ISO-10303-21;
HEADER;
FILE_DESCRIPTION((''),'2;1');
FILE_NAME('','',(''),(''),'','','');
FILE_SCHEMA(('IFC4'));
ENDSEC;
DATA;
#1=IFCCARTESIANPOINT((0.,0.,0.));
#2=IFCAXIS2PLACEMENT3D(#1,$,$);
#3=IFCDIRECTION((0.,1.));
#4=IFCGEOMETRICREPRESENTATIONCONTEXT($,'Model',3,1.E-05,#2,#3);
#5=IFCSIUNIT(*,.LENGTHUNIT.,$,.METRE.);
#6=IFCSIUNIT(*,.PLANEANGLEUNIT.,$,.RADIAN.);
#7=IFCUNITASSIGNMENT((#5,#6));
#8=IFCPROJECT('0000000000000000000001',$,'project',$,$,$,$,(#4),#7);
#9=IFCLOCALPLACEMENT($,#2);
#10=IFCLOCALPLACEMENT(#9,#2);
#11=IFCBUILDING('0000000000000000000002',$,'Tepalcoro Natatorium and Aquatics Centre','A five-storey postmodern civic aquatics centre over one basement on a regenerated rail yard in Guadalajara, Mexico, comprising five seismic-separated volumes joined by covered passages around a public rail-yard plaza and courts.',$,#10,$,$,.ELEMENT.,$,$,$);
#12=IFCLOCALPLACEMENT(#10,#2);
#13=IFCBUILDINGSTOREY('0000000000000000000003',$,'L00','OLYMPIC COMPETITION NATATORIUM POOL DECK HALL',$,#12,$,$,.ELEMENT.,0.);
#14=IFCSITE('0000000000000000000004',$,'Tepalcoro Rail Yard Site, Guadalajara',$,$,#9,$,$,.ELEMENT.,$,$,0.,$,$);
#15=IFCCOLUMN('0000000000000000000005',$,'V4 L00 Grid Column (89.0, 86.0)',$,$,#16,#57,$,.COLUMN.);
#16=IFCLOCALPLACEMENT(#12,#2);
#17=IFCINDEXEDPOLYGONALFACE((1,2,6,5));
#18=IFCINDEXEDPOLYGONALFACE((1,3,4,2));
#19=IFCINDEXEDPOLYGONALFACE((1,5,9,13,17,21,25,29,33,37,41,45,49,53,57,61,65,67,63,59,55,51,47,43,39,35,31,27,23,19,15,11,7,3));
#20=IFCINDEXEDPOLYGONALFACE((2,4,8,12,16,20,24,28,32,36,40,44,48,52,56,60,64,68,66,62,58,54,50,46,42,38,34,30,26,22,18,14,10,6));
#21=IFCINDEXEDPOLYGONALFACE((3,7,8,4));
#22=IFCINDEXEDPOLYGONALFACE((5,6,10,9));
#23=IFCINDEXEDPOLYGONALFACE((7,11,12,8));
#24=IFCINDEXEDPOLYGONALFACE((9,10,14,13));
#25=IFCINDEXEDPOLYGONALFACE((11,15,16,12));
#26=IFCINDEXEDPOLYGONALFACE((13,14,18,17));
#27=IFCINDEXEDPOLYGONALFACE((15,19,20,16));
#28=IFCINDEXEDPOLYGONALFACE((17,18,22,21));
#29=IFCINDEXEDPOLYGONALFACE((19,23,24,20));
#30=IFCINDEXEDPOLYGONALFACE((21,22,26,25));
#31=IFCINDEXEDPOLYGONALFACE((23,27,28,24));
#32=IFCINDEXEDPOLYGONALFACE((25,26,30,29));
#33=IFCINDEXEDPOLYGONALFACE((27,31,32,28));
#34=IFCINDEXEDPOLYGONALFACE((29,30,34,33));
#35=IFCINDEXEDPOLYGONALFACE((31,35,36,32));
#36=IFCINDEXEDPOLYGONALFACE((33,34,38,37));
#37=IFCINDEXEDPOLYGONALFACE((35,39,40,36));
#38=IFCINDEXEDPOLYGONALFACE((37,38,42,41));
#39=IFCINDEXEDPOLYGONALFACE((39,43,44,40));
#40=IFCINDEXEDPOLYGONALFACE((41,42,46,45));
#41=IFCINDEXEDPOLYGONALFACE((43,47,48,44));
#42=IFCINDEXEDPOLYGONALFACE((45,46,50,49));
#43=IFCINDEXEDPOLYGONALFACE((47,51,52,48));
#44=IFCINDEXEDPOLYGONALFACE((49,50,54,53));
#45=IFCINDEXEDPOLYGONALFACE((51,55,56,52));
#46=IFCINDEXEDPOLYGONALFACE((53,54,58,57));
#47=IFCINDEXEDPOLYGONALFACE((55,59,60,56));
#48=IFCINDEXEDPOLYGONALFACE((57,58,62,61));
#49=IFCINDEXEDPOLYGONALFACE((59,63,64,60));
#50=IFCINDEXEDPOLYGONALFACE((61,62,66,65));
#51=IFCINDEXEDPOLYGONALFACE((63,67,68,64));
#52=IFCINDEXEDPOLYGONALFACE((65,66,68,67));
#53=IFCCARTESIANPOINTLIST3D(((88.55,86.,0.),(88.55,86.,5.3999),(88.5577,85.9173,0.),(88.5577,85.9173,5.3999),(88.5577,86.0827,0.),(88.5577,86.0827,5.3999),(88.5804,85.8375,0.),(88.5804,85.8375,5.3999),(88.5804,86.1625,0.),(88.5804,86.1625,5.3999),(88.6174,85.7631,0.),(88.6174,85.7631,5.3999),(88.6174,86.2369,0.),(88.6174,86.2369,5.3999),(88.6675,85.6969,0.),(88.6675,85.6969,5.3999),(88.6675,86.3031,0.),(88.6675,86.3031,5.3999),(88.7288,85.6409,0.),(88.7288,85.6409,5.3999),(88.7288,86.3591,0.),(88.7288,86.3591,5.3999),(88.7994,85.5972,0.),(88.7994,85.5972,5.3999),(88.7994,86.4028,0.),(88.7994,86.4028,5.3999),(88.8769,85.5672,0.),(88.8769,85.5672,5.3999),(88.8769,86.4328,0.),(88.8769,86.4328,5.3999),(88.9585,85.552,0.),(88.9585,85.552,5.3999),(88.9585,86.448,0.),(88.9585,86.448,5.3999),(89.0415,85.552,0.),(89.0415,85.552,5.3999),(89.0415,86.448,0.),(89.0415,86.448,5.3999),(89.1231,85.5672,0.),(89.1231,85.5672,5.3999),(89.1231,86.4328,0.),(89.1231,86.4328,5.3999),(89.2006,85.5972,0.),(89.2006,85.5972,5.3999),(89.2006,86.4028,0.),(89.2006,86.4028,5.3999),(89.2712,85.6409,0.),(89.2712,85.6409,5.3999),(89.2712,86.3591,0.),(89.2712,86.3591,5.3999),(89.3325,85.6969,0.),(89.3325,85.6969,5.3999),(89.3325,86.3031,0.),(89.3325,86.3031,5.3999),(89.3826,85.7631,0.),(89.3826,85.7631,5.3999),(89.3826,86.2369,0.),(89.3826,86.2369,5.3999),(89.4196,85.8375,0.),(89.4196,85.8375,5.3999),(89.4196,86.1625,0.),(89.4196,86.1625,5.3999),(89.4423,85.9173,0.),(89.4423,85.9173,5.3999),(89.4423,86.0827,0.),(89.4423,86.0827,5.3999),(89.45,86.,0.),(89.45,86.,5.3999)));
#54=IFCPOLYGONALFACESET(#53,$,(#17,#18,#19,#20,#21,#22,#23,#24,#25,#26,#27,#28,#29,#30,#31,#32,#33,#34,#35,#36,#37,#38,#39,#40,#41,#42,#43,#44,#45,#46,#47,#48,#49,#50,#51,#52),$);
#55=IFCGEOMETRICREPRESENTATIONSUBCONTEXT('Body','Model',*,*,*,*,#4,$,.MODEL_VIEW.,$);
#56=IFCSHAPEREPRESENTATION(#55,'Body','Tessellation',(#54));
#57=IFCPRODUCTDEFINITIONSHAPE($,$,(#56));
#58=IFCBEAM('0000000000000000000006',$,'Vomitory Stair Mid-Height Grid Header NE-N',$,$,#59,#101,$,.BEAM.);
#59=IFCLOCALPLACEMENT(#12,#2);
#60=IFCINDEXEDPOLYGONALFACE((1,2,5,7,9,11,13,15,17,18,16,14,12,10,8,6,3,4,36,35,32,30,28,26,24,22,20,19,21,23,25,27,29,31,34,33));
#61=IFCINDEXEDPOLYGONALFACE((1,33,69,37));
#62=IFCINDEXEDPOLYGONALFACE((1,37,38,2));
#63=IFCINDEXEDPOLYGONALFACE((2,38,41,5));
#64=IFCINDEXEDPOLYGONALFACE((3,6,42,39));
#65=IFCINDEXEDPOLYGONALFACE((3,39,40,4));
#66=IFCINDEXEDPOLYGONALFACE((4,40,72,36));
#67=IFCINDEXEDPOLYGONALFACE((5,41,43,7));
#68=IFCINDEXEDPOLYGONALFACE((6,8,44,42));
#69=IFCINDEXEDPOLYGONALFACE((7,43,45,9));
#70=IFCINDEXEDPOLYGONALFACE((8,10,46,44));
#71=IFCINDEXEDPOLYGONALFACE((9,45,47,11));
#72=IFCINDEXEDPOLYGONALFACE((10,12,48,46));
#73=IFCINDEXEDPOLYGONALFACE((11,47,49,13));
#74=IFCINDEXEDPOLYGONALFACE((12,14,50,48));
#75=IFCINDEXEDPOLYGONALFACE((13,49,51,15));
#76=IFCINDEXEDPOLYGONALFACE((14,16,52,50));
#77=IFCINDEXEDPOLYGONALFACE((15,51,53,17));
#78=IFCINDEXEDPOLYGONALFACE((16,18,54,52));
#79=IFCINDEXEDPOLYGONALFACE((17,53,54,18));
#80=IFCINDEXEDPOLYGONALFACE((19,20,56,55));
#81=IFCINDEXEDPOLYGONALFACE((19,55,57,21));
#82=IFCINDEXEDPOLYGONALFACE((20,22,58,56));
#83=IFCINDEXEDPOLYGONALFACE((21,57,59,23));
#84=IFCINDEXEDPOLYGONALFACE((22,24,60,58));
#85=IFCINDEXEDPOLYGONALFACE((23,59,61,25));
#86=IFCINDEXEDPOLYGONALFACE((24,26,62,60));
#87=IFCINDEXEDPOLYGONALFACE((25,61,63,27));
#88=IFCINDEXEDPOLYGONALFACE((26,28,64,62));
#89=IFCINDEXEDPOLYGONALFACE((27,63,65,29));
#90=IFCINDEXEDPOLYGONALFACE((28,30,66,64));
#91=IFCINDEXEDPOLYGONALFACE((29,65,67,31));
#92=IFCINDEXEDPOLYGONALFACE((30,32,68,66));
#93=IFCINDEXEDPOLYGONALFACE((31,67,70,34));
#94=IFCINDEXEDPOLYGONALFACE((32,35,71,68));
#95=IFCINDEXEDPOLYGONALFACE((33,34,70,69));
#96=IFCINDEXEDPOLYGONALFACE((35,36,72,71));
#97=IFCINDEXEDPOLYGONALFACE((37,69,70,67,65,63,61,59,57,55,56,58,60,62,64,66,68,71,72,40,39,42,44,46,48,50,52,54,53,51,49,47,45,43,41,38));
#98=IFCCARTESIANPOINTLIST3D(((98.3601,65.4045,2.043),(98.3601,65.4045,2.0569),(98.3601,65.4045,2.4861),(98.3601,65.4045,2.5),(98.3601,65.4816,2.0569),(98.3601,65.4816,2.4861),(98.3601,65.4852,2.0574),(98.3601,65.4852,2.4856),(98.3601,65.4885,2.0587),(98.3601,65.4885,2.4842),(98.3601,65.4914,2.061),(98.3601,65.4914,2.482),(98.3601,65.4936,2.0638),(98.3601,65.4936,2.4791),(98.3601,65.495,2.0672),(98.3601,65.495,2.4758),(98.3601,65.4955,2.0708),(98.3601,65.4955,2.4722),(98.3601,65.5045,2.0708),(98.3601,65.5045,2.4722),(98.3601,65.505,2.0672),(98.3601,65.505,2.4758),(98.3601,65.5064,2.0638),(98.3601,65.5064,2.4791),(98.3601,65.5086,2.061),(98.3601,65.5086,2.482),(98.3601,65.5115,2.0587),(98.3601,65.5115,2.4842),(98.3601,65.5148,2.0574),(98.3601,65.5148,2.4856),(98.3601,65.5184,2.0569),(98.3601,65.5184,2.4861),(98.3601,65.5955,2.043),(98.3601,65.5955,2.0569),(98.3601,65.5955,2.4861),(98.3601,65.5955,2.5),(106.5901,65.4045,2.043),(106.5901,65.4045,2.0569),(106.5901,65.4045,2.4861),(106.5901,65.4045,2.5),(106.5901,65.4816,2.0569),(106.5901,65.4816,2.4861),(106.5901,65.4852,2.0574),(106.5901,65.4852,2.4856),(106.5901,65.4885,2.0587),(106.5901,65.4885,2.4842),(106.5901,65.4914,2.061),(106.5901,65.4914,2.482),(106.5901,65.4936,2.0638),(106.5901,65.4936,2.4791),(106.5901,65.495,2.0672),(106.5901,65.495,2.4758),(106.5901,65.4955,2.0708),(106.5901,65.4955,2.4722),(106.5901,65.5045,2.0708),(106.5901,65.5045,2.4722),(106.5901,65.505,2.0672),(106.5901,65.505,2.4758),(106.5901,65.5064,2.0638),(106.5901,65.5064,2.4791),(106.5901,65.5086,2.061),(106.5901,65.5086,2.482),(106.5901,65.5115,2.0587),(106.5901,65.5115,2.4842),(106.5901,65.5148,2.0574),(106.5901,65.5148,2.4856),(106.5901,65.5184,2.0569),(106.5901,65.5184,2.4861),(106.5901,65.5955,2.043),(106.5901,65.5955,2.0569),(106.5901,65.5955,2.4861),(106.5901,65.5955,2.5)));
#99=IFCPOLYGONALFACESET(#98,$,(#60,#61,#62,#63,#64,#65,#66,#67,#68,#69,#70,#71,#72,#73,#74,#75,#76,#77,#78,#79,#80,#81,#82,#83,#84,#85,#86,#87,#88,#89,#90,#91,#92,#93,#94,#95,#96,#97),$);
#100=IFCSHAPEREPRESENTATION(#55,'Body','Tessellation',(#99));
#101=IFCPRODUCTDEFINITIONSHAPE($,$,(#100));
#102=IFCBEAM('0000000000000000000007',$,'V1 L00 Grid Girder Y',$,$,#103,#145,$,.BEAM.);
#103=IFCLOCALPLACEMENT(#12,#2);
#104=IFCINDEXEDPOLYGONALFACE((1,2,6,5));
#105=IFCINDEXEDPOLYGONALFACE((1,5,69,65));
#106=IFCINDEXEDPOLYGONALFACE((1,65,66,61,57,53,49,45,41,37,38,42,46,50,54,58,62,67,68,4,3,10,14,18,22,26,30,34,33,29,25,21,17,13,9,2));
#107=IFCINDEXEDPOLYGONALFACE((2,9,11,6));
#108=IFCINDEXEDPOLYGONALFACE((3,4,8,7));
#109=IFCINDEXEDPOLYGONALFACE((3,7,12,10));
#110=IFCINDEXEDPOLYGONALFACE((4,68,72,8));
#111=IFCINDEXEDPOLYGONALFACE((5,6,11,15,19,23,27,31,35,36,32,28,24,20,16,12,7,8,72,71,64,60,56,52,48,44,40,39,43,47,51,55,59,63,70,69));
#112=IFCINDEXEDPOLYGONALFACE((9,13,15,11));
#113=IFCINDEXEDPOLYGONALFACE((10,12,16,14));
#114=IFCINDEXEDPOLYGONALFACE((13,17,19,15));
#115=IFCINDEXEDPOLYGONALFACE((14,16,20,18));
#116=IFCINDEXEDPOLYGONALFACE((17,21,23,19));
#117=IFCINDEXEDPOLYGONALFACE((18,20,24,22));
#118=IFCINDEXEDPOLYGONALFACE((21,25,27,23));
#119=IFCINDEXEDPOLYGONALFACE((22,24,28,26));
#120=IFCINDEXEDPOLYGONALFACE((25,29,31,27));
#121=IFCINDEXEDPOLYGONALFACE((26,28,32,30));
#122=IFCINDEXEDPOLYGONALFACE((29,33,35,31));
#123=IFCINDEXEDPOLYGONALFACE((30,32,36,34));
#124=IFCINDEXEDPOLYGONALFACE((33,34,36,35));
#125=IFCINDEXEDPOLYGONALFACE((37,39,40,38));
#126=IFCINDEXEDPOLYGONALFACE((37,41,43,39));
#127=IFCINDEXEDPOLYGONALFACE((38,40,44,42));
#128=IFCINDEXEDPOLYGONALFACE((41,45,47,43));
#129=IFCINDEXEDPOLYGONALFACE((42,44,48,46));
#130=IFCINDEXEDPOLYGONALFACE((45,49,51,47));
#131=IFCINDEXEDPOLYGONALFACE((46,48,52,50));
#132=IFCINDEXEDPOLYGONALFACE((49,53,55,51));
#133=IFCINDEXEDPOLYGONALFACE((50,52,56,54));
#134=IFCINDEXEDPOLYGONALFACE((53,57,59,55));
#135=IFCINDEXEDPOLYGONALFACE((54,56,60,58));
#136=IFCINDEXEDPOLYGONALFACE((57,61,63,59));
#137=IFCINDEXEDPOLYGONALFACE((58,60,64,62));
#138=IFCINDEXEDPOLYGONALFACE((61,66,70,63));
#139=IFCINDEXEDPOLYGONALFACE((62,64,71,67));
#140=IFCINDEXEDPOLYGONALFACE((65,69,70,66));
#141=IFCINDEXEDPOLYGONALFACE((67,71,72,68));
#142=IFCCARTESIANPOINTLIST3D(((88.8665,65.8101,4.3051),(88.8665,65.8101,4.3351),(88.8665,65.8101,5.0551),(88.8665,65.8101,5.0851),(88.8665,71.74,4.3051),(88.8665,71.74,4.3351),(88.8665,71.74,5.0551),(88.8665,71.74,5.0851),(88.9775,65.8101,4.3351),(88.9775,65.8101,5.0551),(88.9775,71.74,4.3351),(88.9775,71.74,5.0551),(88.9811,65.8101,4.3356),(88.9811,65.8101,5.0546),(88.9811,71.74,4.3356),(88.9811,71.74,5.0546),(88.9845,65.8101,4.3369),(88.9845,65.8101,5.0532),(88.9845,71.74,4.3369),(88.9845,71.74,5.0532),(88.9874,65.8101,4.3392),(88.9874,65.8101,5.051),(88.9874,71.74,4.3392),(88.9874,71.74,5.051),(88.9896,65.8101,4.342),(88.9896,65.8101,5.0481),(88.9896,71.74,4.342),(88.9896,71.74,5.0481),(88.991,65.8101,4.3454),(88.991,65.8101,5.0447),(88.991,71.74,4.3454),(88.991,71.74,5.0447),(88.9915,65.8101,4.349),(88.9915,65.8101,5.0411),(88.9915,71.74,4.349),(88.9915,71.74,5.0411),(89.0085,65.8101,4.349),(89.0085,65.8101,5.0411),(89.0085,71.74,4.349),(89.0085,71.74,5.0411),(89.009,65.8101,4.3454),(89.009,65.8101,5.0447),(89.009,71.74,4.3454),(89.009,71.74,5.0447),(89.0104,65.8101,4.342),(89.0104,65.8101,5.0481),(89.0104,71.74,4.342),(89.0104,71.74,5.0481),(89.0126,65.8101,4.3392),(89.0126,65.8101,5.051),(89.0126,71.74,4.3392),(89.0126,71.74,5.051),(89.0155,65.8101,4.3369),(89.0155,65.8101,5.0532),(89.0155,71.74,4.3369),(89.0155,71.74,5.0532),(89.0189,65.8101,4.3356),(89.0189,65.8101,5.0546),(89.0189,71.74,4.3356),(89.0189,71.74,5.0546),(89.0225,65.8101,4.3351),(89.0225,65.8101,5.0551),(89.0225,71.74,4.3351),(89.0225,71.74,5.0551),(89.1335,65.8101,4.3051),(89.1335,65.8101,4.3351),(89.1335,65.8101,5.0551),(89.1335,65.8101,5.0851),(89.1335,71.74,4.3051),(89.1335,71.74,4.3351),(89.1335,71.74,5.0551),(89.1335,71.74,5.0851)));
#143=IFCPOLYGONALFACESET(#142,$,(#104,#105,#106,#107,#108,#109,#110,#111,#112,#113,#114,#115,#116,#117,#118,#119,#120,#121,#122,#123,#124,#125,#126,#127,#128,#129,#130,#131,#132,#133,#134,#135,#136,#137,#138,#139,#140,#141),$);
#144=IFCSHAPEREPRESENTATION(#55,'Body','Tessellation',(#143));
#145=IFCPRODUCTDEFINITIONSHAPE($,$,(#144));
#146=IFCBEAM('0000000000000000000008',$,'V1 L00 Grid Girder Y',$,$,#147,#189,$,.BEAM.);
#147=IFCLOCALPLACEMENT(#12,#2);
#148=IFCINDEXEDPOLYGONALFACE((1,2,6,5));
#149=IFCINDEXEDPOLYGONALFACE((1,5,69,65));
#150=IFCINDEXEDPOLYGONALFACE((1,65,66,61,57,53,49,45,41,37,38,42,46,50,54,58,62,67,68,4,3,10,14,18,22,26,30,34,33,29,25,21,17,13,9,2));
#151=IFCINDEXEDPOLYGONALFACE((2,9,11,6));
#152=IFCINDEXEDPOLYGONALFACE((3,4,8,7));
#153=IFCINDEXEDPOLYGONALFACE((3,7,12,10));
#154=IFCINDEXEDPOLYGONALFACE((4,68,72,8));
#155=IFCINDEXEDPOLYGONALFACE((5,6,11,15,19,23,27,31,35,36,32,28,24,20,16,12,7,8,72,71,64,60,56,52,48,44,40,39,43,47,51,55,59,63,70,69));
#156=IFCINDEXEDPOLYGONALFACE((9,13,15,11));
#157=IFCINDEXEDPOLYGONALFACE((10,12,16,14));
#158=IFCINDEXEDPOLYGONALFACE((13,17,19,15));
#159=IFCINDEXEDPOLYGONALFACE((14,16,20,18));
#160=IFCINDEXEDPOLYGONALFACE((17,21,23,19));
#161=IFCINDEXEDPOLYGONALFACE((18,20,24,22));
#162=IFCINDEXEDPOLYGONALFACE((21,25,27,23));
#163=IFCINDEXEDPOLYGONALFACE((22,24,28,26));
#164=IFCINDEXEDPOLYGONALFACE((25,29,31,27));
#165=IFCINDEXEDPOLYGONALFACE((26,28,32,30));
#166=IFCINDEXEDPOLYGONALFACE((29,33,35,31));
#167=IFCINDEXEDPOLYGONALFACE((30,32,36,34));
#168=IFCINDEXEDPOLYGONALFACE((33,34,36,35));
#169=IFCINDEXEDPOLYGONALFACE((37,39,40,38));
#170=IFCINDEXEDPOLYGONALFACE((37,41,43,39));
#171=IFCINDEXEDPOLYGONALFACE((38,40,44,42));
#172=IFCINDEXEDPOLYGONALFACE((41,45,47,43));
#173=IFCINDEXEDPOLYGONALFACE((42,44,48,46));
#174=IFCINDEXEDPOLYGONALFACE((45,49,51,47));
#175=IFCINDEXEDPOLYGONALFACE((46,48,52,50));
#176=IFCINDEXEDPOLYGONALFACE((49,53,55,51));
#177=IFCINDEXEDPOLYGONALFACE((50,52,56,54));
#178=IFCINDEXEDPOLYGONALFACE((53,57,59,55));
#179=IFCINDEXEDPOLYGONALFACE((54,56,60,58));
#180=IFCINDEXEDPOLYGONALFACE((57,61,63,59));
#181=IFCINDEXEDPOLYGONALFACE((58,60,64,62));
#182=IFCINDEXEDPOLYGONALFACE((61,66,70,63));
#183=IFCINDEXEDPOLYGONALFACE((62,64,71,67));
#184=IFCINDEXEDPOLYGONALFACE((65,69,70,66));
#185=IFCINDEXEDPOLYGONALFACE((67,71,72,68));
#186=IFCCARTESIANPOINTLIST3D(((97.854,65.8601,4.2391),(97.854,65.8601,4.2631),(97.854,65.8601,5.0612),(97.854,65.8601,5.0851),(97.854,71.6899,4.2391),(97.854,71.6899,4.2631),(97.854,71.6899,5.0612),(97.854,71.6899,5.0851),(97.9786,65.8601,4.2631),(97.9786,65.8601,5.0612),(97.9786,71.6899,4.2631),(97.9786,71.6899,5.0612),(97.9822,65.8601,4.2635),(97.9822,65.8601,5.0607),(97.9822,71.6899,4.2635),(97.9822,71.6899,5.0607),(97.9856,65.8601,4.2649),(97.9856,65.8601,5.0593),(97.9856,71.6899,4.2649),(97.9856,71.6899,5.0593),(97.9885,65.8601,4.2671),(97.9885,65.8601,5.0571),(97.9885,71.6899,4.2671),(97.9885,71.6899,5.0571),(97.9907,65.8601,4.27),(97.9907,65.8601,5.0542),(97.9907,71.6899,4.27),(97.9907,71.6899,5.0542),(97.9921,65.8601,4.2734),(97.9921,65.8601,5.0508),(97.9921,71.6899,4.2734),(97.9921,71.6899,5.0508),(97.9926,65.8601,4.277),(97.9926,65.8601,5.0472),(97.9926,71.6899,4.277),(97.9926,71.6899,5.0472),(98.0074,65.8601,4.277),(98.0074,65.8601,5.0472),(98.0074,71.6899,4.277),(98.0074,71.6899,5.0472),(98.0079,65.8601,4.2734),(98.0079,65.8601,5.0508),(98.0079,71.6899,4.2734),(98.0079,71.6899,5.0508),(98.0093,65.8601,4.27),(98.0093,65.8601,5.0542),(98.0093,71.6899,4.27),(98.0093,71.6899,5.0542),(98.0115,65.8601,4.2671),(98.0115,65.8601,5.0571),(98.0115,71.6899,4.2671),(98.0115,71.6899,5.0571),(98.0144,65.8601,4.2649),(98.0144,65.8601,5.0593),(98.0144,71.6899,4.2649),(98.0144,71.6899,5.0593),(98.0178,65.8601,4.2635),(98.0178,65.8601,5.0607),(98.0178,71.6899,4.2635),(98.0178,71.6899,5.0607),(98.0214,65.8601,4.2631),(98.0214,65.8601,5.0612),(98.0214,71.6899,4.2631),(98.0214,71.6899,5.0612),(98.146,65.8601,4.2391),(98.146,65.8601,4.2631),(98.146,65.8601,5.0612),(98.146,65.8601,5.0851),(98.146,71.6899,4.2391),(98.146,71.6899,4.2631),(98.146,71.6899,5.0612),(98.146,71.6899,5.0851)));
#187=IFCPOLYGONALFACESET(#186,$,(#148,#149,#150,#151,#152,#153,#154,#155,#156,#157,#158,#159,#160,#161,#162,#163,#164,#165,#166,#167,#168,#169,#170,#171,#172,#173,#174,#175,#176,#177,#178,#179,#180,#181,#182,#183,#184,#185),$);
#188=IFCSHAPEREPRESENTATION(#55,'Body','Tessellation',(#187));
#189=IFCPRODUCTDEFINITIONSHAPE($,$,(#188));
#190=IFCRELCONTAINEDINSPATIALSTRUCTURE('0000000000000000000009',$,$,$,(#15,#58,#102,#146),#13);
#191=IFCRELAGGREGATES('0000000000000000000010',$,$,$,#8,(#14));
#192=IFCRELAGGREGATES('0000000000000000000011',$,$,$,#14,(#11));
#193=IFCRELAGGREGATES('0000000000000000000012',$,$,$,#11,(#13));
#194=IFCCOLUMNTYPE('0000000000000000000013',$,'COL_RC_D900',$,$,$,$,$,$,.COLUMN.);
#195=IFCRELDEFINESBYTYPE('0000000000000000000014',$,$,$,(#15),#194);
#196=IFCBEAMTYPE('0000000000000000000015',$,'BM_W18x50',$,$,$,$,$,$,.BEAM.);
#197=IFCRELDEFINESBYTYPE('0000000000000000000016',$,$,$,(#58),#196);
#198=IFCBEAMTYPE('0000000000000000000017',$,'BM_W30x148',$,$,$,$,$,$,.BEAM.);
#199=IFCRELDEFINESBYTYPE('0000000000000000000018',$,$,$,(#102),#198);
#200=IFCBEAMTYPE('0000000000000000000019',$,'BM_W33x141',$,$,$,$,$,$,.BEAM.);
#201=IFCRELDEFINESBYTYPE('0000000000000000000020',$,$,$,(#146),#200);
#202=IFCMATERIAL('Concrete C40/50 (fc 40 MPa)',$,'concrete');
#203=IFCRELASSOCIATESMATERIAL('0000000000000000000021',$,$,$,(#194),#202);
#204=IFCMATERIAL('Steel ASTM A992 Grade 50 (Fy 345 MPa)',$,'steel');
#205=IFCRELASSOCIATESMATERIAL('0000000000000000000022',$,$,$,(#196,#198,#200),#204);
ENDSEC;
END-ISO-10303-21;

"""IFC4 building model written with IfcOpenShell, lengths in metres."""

from ifc_helpers import new_model, si_unit, direction, frame, origin, origin_2d, place, context, subcontext, project, spatial, circle, i_section, extrude, material, material_profile, profile_set, type_object, element, save


model = new_model("IFC4")

# Units and contexts
model_context = context("Model", 3, precision=1e-05, world=origin(), true_north=direction((0.0, 1.0)))
body_context = subcontext(model_context, "Body", "Model", "MODEL_VIEW")
ifc_project = project(units=[si_unit("LENGTHUNIT", "METRE"), si_unit("PLANEANGLEUNIT", "RADIAN")], contexts=[model_context])

# Site, building, storey
site_placement = place(None, origin())
site = spatial("IfcSite", under=ifc_project, at=site_placement, Name="Tepalcoro Rail Yard Site, Guadalajara", CompositionType="ELEMENT", RefElevation=0.0)
building_placement = place(site_placement, origin())
building = spatial("IfcBuilding", under=site, at=building_placement, Name="Tepalcoro Natatorium and Aquatics Centre", Description="A five-storey postmodern civic aquatics centre over one basement on a regenerated rail yard in Guadalajara, Mexico, comprising five seismic-separated volumes joined by covered passages around a public rail-yard plaza and courts.", CompositionType="ELEMENT")
storey_placement = place(building_placement, origin())
storey = spatial("IfcBuildingStorey", under=building, at=storey_placement, Name="L00", Description="OLYMPIC COMPETITION NATATORIUM POOL DECK HALL", CompositionType="ELEMENT", Elevation=0.0)

# Shared definitions
ifc_material_1 = material(Name="Concrete C40/50 (fc 40 MPa)", Category="concrete")

# Column
ifc_material_profile_1 = material_profile(ifc_material_1, circle(Radius=0.45, at=origin_2d()), Name="RCD900")
ifc_profile_set_1 = profile_set([ifc_material_profile_1], Name="Concrete C40/50 (fc 40 MPa)")
column_type_1 = type_object("IfcColumnType", Name="COL_RC_D900", PredefinedType="COLUMN", material=ifc_profile_set_1)
column_1_placement = place(storey_placement, frame((89.0, 86.0, 0.0), z_axis=(0.0, 0.0, 1.0), x_axis=(1.0, 0.0, 0.0)))
element("IfcColumn", 1, at=column_1_placement, inside=storey, type_object=column_type_1, Name="V4 L00 Grid Column (89.0, 86.0)", PredefinedType="COLUMN", context=body_context, shape_type="SweptSolid", body=[
    extrude(circle(Radius=0.45, at=origin_2d()), origin(), (0.0, 0.0, 1.0), 5.3999),
])

# Beams
ifc_material_2 = material(Name="Steel ASTM A992 Grade 50 (Fy 345 MPa)", Category="steel")
ifc_material_profile_2 = material_profile(ifc_material_2, i_section(OverallWidth=0.1909, OverallDepth=0.457, WebThickness=0.009, FlangeThickness=0.0139, FilletRadius=0.0139, at=origin_2d()), Name="W18X50")
ifc_profile_set_2 = profile_set([ifc_material_profile_2], Name="Steel ASTM A992 Grade 50 (Fy 345 MPa)")
beam_type_1 = type_object("IfcBeamType", Name="BM_W18x50", PredefinedType="BEAM", material=ifc_profile_set_2)
beam_1_placement = place(storey_placement, frame((98.3601, 65.5, 2.2715), z_axis=(1.0, 0.0, 0.0), x_axis=(0.0, 1.0, 0.0)))
element("IfcBeam", 2, at=beam_1_placement, inside=storey, type_object=beam_type_1, Name="Vomitory Stair Mid-Height Grid Header NE-N", PredefinedType="BEAM", context=body_context, shape_type="SweptSolid", body=[
    extrude(i_section(OverallWidth=0.1909, OverallDepth=0.457, WebThickness=0.009, FlangeThickness=0.0139, FilletRadius=0.0139, at=origin_2d()), origin(), (0.0, 0.0, 1.0), 8.23),
])
ifc_material_profile_3 = material_profile(ifc_material_2, i_section(OverallWidth=0.2671, OverallDepth=0.78, WebThickness=0.0171, FlangeThickness=0.03, FilletRadius=0.0139, at=origin_2d()), Name="W30X148")
ifc_profile_set_3 = profile_set([ifc_material_profile_3], Name="Steel ASTM A992 Grade 50 (Fy 345 MPa)")
beam_type_2 = type_object("IfcBeamType", Name="BM_W30x148", PredefinedType="BEAM", material=ifc_profile_set_3)
beam_2_placement = place(storey_placement, frame((89.0, 65.8101, 4.6951), z_axis=(0.0, 1.0, 0.0), x_axis=(-1.0, 0.0, 0.0)))
element("IfcBeam", 3, at=beam_2_placement, inside=storey, type_object=beam_type_2, Name="V1 L00 Grid Girder Y", PredefinedType="BEAM", context=body_context, shape_type="SweptSolid", body=[
    extrude(i_section(OverallWidth=0.2671, OverallDepth=0.78, WebThickness=0.0171, FlangeThickness=0.03, FilletRadius=0.0139, at=origin_2d()), origin(), (0.0, 0.0, 1.0), 5.9299),
])
ifc_material_profile_4 = material_profile(ifc_material_2, i_section(OverallWidth=0.292, OverallDepth=0.8459, WebThickness=0.0149, FlangeThickness=0.0239, FilletRadius=0.0139, at=origin_2d()), Name="W33X141")
ifc_profile_set_4 = profile_set([ifc_material_profile_4], Name="Steel ASTM A992 Grade 50 (Fy 345 MPa)")
beam_type_3 = type_object("IfcBeamType", Name="BM_W33x141", PredefinedType="BEAM", material=ifc_profile_set_4)
beam_3_placement = place(storey_placement, frame((98.0, 65.8601, 4.6621), z_axis=(0.0, 1.0, 0.0), x_axis=(-1.0, 0.0, 0.0)))
element("IfcBeam", 4, at=beam_3_placement, inside=storey, type_object=beam_type_3, Name="V1 L00 Grid Girder Y", PredefinedType="BEAM", context=body_context, shape_type="SweptSolid", body=[
    extrude(i_section(OverallWidth=0.292, OverallDepth=0.8459, WebThickness=0.0149, FlangeThickness=0.0239, FilletRadius=0.0139, at=origin_2d()), origin(), (0.0, 0.0, 1.0), 5.8298),
])

save(model, "model.ifc")
